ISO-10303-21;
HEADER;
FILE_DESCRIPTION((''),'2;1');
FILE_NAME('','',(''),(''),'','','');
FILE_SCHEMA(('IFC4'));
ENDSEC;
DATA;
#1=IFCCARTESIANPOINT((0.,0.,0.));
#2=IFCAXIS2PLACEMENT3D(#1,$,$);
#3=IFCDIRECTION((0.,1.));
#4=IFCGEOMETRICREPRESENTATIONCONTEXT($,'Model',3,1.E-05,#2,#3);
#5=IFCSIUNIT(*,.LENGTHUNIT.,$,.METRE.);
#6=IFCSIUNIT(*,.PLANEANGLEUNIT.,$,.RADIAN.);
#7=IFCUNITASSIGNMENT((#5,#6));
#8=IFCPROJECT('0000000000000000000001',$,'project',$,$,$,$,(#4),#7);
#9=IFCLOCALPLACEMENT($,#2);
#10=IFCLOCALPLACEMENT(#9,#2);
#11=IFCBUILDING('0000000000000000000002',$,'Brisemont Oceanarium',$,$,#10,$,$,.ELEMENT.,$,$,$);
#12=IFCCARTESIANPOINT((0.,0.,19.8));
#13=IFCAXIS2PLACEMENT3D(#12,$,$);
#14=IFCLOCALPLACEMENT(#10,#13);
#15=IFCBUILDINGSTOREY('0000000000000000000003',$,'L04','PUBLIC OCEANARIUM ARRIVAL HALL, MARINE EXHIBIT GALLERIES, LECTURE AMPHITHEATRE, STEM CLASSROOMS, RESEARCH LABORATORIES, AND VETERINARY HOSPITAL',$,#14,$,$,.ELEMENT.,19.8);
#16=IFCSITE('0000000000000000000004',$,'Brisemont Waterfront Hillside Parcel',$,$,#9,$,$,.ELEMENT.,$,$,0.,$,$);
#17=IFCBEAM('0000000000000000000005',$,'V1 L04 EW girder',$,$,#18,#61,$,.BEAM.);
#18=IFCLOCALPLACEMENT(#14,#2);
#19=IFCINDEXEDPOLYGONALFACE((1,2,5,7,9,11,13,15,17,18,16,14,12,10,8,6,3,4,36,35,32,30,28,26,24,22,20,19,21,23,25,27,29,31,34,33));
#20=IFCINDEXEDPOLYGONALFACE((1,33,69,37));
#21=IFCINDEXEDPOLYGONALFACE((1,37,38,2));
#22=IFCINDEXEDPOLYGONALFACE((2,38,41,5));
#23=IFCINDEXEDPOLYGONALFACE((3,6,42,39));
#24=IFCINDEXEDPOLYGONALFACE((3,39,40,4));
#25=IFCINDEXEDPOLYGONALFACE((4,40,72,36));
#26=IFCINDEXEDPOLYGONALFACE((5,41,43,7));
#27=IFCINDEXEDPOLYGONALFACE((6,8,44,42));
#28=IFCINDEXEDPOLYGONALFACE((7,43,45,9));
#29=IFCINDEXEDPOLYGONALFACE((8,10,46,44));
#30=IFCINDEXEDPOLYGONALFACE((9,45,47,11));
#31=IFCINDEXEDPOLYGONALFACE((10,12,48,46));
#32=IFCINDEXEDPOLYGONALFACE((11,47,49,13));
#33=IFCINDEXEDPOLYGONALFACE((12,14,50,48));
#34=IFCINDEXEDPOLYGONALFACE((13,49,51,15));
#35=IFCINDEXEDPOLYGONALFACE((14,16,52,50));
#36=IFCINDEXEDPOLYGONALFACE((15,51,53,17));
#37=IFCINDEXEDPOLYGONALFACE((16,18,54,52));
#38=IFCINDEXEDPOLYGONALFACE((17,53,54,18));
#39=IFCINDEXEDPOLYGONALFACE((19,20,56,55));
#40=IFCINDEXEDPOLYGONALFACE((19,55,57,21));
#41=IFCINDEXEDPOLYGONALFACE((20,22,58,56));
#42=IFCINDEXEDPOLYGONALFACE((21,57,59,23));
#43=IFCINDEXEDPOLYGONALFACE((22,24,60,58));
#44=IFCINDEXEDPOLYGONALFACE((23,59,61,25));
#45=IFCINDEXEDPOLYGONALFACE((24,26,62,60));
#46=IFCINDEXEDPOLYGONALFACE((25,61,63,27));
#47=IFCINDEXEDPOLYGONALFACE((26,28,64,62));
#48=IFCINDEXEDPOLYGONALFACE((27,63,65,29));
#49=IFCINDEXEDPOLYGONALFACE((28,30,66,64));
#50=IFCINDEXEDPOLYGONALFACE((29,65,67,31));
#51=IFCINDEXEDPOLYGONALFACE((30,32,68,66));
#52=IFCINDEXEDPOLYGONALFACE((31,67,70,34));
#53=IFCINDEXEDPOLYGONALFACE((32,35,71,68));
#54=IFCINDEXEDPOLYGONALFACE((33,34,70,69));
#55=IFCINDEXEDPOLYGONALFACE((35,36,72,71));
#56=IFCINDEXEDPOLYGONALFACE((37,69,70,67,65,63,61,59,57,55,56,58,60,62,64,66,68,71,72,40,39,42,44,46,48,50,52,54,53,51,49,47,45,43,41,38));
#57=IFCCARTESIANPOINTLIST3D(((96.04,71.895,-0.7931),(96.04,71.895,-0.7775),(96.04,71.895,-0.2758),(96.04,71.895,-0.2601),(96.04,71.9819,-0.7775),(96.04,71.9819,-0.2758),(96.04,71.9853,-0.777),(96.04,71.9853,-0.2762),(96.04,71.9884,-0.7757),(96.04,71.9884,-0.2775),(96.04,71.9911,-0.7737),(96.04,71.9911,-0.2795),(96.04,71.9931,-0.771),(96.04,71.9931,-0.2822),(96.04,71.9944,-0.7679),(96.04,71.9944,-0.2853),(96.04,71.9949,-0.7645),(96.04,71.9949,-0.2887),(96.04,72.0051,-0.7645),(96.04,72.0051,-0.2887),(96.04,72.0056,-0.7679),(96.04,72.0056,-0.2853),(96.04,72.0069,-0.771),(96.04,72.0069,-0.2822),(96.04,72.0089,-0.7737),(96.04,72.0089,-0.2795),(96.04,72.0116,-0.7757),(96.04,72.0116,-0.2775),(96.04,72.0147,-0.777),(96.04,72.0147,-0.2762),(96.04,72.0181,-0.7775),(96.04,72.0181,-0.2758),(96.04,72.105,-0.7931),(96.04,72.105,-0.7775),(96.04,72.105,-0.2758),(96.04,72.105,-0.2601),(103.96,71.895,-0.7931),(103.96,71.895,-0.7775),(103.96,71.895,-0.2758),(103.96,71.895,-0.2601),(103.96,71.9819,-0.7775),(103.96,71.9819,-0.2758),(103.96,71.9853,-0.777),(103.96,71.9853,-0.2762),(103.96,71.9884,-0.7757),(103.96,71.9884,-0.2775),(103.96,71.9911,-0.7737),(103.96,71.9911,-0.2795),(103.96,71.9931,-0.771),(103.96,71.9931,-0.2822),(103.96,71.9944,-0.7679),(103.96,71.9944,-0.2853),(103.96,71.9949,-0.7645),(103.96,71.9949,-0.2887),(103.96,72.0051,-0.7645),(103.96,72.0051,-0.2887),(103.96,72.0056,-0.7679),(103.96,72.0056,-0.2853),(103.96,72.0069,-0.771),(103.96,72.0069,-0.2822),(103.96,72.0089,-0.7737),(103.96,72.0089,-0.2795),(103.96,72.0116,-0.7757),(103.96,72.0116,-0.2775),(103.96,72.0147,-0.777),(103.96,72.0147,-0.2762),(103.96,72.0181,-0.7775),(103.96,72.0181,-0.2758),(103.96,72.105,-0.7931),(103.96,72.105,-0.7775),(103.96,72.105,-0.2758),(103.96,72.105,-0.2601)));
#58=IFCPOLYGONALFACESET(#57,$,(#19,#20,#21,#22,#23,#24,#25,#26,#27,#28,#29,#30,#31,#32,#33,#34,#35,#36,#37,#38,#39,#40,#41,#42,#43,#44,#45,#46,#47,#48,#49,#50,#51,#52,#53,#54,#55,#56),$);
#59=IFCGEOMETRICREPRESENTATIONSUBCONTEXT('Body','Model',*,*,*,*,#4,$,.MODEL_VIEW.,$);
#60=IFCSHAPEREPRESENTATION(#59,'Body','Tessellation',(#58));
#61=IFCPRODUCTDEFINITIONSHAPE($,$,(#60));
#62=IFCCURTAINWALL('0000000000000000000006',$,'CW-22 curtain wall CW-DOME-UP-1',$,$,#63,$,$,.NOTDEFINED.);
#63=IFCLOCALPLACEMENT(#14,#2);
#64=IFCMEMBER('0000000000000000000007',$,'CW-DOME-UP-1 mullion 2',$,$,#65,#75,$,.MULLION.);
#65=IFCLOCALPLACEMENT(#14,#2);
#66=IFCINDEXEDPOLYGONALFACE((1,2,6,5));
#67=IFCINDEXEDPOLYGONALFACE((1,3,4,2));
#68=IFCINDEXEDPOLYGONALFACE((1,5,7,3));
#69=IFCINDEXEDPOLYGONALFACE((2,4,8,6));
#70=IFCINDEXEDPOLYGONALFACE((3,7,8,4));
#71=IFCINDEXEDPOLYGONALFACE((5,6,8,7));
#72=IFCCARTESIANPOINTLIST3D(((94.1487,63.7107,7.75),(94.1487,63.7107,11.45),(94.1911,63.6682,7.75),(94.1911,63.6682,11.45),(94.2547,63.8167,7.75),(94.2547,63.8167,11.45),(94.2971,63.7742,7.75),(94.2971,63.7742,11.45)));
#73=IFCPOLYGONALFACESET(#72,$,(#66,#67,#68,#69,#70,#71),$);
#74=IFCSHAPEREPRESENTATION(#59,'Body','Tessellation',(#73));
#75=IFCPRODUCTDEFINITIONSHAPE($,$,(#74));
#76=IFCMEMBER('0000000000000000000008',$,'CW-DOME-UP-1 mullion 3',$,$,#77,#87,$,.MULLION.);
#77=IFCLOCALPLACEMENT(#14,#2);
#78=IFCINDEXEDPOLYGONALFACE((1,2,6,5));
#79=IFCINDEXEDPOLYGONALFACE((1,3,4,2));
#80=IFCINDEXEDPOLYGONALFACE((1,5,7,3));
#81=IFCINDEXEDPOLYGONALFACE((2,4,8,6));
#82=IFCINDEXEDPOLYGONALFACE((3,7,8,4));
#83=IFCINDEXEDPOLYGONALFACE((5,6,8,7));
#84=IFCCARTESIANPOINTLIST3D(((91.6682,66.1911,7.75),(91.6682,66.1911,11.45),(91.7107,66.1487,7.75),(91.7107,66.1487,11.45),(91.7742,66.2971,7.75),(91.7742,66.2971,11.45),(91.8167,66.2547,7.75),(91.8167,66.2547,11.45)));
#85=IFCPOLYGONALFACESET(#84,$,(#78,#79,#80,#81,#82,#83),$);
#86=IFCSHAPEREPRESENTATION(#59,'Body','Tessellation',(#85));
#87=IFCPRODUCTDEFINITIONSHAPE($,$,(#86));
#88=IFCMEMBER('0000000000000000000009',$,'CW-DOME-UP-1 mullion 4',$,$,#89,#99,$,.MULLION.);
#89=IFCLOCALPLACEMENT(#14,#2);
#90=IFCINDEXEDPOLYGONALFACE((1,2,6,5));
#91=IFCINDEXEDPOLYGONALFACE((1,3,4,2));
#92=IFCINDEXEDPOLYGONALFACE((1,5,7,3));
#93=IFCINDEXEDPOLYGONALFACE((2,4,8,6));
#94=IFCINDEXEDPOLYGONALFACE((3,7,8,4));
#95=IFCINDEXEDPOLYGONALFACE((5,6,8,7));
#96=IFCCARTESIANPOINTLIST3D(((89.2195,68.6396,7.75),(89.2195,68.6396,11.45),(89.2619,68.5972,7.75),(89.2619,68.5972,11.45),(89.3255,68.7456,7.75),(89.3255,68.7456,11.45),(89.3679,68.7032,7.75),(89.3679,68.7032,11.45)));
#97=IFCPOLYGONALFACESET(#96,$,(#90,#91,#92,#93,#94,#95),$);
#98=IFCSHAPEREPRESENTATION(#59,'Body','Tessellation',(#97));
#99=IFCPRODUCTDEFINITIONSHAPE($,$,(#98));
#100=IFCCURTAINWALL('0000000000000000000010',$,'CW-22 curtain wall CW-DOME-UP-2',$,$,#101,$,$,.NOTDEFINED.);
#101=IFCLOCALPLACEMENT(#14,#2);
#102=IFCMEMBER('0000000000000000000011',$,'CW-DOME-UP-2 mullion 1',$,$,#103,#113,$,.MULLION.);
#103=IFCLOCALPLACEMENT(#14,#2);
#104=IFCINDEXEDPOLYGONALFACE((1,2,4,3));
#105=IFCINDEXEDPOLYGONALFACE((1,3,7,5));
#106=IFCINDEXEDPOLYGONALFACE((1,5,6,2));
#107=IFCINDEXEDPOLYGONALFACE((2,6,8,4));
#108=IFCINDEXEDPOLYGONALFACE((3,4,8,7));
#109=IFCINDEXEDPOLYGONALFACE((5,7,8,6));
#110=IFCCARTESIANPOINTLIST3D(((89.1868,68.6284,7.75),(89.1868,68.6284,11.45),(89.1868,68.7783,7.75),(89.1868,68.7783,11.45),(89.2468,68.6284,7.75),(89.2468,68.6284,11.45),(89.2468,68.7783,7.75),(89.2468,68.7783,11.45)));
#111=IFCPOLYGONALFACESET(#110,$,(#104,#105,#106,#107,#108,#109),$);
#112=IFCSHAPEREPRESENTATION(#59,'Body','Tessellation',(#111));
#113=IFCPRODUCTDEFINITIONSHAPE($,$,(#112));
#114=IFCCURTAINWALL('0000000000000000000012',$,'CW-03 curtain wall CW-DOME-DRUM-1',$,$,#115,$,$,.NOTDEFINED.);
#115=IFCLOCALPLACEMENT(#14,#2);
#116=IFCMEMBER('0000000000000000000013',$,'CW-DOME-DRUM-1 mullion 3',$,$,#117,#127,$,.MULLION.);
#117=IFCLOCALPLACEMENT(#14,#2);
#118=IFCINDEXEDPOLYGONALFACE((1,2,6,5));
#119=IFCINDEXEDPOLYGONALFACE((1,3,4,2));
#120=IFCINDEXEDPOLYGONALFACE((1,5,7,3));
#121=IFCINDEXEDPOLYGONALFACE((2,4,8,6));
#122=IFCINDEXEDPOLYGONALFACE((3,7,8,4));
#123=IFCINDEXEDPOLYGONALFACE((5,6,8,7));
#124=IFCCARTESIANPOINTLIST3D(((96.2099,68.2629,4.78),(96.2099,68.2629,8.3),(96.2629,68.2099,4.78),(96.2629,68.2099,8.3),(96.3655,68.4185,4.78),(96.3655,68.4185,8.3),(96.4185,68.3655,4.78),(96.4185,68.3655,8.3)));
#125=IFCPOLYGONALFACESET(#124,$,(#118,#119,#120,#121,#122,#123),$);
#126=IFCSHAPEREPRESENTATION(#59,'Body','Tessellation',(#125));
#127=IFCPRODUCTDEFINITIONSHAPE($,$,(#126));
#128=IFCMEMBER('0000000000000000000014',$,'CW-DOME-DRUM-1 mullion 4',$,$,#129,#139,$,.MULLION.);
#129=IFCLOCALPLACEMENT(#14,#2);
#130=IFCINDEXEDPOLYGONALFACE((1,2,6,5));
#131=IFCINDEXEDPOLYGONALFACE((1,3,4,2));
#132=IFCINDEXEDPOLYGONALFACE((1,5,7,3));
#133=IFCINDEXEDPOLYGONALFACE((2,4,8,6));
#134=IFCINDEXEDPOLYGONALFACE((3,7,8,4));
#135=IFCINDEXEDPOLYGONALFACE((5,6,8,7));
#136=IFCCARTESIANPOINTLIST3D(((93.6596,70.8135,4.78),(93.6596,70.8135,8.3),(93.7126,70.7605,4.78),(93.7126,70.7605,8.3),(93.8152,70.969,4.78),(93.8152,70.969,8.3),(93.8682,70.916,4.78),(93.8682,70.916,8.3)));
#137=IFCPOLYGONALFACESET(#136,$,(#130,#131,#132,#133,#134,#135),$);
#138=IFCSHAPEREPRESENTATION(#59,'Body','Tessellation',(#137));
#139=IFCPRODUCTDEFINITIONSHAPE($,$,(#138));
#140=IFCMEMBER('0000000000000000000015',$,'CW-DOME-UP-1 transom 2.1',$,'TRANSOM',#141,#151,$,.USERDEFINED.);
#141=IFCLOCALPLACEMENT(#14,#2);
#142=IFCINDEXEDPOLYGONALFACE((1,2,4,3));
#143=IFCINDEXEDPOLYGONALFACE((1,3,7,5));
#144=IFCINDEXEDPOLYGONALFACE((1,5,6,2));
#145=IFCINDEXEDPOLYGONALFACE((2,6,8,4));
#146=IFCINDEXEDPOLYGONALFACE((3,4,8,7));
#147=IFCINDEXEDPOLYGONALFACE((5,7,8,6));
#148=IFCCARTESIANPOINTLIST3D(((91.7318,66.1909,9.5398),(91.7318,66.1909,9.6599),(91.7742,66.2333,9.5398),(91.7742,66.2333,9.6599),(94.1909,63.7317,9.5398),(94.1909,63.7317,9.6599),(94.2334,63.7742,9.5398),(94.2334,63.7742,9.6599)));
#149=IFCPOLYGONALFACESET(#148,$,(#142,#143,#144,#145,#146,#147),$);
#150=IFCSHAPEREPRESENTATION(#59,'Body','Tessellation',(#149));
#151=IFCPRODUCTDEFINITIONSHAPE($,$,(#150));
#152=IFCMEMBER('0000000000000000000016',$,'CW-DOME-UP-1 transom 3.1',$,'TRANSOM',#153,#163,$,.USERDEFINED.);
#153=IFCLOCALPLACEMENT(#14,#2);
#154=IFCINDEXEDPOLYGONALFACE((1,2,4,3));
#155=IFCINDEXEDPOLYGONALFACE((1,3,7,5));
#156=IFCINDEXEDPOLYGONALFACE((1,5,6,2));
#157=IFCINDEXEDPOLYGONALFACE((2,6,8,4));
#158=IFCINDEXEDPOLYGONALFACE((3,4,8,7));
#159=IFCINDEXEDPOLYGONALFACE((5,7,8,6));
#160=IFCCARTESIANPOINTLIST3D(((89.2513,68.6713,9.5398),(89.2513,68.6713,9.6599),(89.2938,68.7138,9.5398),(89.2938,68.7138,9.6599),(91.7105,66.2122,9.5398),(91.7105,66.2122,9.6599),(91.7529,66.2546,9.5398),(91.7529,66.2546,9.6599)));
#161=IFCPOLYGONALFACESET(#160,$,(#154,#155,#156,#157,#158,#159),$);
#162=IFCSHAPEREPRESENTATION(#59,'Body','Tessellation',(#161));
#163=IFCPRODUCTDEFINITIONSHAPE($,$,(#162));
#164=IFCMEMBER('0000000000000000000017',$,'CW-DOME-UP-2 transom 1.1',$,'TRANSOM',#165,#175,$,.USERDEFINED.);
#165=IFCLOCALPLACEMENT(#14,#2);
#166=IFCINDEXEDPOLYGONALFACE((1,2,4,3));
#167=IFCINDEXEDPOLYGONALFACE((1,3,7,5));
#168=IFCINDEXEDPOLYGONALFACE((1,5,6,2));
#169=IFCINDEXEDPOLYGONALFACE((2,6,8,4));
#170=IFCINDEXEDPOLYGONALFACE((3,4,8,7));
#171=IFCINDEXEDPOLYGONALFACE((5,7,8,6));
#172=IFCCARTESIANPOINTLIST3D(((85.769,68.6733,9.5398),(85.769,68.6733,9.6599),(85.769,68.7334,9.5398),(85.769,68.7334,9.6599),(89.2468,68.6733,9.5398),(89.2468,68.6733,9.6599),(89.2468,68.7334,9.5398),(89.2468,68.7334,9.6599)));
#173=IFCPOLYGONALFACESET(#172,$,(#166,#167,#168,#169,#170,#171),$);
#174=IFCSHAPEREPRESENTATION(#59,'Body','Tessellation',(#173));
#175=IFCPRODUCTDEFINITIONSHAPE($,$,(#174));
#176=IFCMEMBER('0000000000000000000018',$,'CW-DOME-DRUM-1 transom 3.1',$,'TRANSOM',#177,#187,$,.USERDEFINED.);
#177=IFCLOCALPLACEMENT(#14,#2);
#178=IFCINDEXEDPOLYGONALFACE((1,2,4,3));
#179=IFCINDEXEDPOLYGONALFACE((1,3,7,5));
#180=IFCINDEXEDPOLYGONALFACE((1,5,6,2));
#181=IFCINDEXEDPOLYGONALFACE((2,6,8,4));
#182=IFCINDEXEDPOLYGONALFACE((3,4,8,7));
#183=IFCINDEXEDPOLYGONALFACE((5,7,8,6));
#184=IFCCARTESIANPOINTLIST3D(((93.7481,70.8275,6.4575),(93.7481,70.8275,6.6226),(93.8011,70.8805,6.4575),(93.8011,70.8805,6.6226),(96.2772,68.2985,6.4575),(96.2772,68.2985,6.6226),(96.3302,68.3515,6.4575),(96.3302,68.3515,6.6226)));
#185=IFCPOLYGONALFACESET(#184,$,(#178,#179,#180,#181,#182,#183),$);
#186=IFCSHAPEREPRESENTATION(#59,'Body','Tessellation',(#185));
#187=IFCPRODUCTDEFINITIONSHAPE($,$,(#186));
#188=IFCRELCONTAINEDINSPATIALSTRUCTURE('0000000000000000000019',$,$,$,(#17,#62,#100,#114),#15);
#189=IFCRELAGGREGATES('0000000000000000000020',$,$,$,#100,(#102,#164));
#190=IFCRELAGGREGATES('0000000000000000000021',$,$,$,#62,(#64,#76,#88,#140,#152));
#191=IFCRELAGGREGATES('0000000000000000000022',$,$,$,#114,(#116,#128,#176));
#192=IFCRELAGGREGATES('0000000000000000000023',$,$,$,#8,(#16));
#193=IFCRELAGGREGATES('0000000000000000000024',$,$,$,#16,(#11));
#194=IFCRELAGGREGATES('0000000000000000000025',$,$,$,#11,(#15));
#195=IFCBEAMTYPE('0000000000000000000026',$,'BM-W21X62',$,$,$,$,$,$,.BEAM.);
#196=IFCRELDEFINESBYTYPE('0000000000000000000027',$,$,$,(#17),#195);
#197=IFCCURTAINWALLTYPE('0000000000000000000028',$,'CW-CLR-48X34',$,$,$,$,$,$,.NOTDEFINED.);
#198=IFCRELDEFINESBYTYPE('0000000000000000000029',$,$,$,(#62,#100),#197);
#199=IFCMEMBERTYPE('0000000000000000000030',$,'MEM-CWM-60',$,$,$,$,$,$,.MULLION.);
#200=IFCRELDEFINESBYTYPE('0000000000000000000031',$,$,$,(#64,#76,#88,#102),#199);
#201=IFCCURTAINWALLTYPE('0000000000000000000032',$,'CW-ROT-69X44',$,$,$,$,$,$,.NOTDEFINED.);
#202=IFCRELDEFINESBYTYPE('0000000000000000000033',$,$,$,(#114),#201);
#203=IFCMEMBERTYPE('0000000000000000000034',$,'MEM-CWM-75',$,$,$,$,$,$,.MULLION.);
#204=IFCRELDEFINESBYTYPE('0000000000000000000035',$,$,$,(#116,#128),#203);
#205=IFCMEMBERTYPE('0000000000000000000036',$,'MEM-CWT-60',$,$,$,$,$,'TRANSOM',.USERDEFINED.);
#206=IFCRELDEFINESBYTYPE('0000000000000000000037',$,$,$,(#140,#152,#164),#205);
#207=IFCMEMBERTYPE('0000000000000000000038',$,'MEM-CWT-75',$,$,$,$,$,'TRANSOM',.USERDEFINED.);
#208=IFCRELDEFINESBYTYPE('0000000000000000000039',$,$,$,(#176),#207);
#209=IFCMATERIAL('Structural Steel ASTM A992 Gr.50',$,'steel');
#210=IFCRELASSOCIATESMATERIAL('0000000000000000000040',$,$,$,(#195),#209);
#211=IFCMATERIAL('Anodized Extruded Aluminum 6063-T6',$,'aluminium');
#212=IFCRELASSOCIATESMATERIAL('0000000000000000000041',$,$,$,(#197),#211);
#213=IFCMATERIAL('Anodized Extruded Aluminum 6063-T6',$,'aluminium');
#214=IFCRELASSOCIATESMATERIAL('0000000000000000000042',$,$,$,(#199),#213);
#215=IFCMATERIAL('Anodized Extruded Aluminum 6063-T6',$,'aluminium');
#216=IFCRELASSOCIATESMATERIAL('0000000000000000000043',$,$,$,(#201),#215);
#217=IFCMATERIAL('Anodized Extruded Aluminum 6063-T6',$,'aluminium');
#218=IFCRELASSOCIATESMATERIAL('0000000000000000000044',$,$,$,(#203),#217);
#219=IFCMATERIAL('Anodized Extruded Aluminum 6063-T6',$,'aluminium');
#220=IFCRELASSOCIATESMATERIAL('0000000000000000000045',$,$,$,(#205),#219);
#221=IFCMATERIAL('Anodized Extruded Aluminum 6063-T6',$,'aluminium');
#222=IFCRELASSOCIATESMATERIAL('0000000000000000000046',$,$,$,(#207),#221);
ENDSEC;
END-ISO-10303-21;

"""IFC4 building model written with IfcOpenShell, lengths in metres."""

from ifc_helpers import new_model, si_unit, direction, frame, origin, origin_2d, place, context, subcontext, project, spatial, rectangle, i_section, extrude, material, material_profile, profile_set, type_object, element, aggregate, save


model = new_model("IFC4")

# Units and contexts
model_context = context("Model", 3, precision=1e-05, world=origin(), true_north=direction((0.0, 1.0)))
body_context = subcontext(model_context, "Body", "Model", "MODEL_VIEW")
ifc_project = project(units=[si_unit("LENGTHUNIT", "METRE"), si_unit("PLANEANGLEUNIT", "RADIAN")], contexts=[model_context])

# Site, building, storey
site_placement = place(None, origin())
site = spatial("IfcSite", under=ifc_project, at=site_placement, Name="Brisemont Waterfront Hillside Parcel", CompositionType="ELEMENT", RefElevation=0.0)
building_placement = place(site_placement, origin())
building = spatial("IfcBuilding", under=site, at=building_placement, Name="Brisemont Oceanarium", CompositionType="ELEMENT")
storey_placement = place(building_placement, frame((0.0, 0.0, 19.8)))
storey = spatial("IfcBuildingStorey", under=building, at=storey_placement, Name="L04", Description="PUBLIC OCEANARIUM ARRIVAL HALL, MARINE EXHIBIT GALLERIES, LECTURE AMPHITHEATRE, STEM CLASSROOMS, RESEARCH LABORATORIES, AND VETERINARY HOSPITAL", CompositionType="ELEMENT", Elevation=19.8)

# Beam
ifc_material_1 = material(Name="Structural Steel ASTM A992 Gr.50", Category="steel")
ifc_material_profile_1 = material_profile(ifc_material_1, i_section(OverallWidth=0.21, OverallDepth=0.533, WebThickness=0.0103, FlangeThickness=0.0156, FilletRadius=0.0129, at=origin_2d()), Name="W21X62")
ifc_profile_set_1 = profile_set([ifc_material_profile_1], Name="Structural Steel ASTM A992 Gr.50")
beam_type_1 = type_object("IfcBeamType", Name="BM-W21X62", PredefinedType="BEAM", material=ifc_profile_set_1)
beam_1_placement = place(storey_placement, frame((96.04, 72.0, -0.5266), z_axis=(1.0, 0.0, 0.0), x_axis=(0.0, 1.0, 0.0)))
element("IfcBeam", 1, at=beam_1_placement, inside=storey, type_object=beam_type_1, Name="V1 L04 EW girder", PredefinedType="BEAM", context=body_context, shape_type="SweptSolid", body=[
    extrude(i_section(OverallWidth=0.21, OverallDepth=0.533, WebThickness=0.0103, FlangeThickness=0.0156, FilletRadius=0.0129, at=origin_2d()), origin(), (0.0, 0.0, 1.0), 7.9199),
])

# Curtain wall, members
ifc_material_2 = material(Name="Anodized Extruded Aluminum 6063-T6", Category="aluminium")
curtain_wall_type_1 = type_object("IfcCurtainWallType", Name="CW-CLR-48X34", PredefinedType="NOTDEFINED", material=ifc_material_2)
curtain_wall_1_placement = place(storey_placement, origin())
curtain_wall_1 = element("IfcCurtainWall", 2, at=curtain_wall_1_placement, inside=storey, type_object=curtain_wall_type_1, Name="CW-22 curtain wall CW-DOME-UP-1", PredefinedType="NOTDEFINED")
ifc_material_3 = material(Name="Anodized Extruded Aluminum 6063-T6", Category="aluminium")
ifc_material_profile_2 = material_profile(ifc_material_3, rectangle(XDim=0.0601, YDim=0.1499, at=origin_2d()), Name="CWM-60X150")
ifc_profile_set_2 = profile_set([ifc_material_profile_2], Name="Anodized Extruded Aluminum 6063-T6")
member_type_1 = type_object("IfcMemberType", Name="MEM-CWM-60", PredefinedType="MULLION", material=ifc_profile_set_2)
member_1_placement = place(storey_placement, frame((94.2229, 63.7424, 7.75), z_axis=(0.0, 0.0, 1.0), x_axis=(-0.707107, 0.707107, 0.0)))
member_1 = element("IfcMember", 3, at=member_1_placement, type_object=member_type_1, Name="CW-DOME-UP-1 mullion 2", PredefinedType="MULLION", context=body_context, shape_type="SweptSolid", body=[
    extrude(rectangle(XDim=0.0601, YDim=0.1499, at=origin_2d()), origin(), (0.0, 0.0, 1.0), 3.7),
])
member_2_placement = place(storey_placement, frame((91.7424, 66.2229, 7.75), z_axis=(0.0, 0.0, 1.0), x_axis=(-0.707107, 0.707107, 0.0)))
member_2 = element("IfcMember", 4, at=member_2_placement, type_object=member_type_1, Name="CW-DOME-UP-1 mullion 3", PredefinedType="MULLION", context=body_context, shape_type="SweptSolid", body=[
    extrude(rectangle(XDim=0.0601, YDim=0.1499, at=origin_2d()), origin(), (0.0, 0.0, 1.0), 3.7),
])
member_3_placement = place(storey_placement, frame((89.2937, 68.6714, 7.75), z_axis=(0.0, 0.0, 1.0), x_axis=(-0.707107, 0.707107, 0.0)))
member_3 = element("IfcMember", 5, at=member_3_placement, type_object=member_type_1, Name="CW-DOME-UP-1 mullion 4", PredefinedType="MULLION", context=body_context, shape_type="SweptSolid", body=[
    extrude(rectangle(XDim=0.0601, YDim=0.1499, at=origin_2d()), origin(), (0.0, 0.0, 1.0), 3.7),
])

# Curtain wall, member
curtain_wall_2_placement = place(storey_placement, origin())
curtain_wall_2 = element("IfcCurtainWall", 6, at=curtain_wall_2_placement, inside=storey, type_object=curtain_wall_type_1, Name="CW-22 curtain wall CW-DOME-UP-2", PredefinedType="NOTDEFINED")
member_4_placement = place(storey_placement, frame((89.2168, 68.7034, 7.75), z_axis=(0.0, 0.0, 1.0), x_axis=(-1.0, 0.0, 0.0)))
member_4 = element("IfcMember", 7, at=member_4_placement, type_object=member_type_1, Name="CW-DOME-UP-2 mullion 1", PredefinedType="MULLION", context=body_context, shape_type="SweptSolid", body=[
    extrude(rectangle(XDim=0.0601, YDim=0.1499, at=origin_2d()), origin(), (0.0, 0.0, 1.0), 3.7),
])

# Curtain wall, members
ifc_material_4 = material(Name="Anodized Extruded Aluminum 6063-T6", Category="aluminium")
curtain_wall_type_2 = type_object("IfcCurtainWallType", Name="CW-ROT-69X44", PredefinedType="NOTDEFINED", material=ifc_material_4)
curtain_wall_3_placement = place(storey_placement, origin())
curtain_wall_3 = element("IfcCurtainWall", 8, at=curtain_wall_3_placement, inside=storey, type_object=curtain_wall_type_2, Name="CW-03 curtain wall CW-DOME-DRUM-1", PredefinedType="NOTDEFINED")
ifc_material_5 = material(Name="Anodized Extruded Aluminum 6063-T6", Category="aluminium")
ifc_material_profile_3 = material_profile(ifc_material_5, rectangle(XDim=0.075, YDim=0.22, at=origin_2d()), Name="CWM-75X220")
ifc_profile_set_3 = profile_set([ifc_material_profile_3], Name="Anodized Extruded Aluminum 6063-T6")
member_type_2 = type_object("IfcMemberType", Name="MEM-CWM-75", PredefinedType="MULLION", material=ifc_profile_set_3)
member_5_placement = place(storey_placement, frame((96.3142, 68.3142, 4.78), z_axis=(0.0, 0.0, 1.0), x_axis=(-0.707107, 0.707107, 0.0)))
member_5 = element("IfcMember", 9, at=member_5_placement, type_object=member_type_2, Name="CW-DOME-DRUM-1 mullion 3", PredefinedType="MULLION", context=body_context, shape_type="SweptSolid", body=[
    extrude(rectangle(XDim=0.075, YDim=0.22, at=origin_2d()), origin(), (0.0, 0.0, 1.0), 3.52),
])
member_6_placement = place(storey_placement, frame((93.7639, 70.8647, 4.78), z_axis=(0.0, 0.0, 1.0), x_axis=(-0.707107, 0.707107, 0.0)))
member_6 = element("IfcMember", 10, at=member_6_placement, type_object=member_type_2, Name="CW-DOME-DRUM-1 mullion 4", PredefinedType="MULLION", context=body_context, shape_type="SweptSolid", body=[
    extrude(rectangle(XDim=0.075, YDim=0.22, at=origin_2d()), origin(), (0.0, 0.0, 1.0), 3.52),
])

# Members
ifc_material_6 = material(Name="Anodized Extruded Aluminum 6063-T6", Category="aluminium")
ifc_material_profile_4 = material_profile(ifc_material_6, rectangle(XDim=0.0601, YDim=0.1201, at=origin_2d()), Name="CWT-60X120")
ifc_profile_set_4 = profile_set([ifc_material_profile_4], Name="Anodized Extruded Aluminum 6063-T6")
member_type_3 = type_object("IfcMemberType", Name="MEM-CWT-60", ElementType="TRANSOM", PredefinedType="USERDEFINED", material=ifc_profile_set_4)
member_7_placement = place(storey_placement, frame((94.2122, 63.7529, 9.5999), z_axis=(-0.707107, 0.707107, 0.0), x_axis=(-0.707107, -0.707107, 0.0)))
member_7 = element("IfcMember", 11, at=member_7_placement, type_object=member_type_3, Name="CW-DOME-UP-1 transom 2.1", ObjectType="TRANSOM", PredefinedType="USERDEFINED", context=body_context, shape_type="SweptSolid", body=[
    extrude(rectangle(XDim=0.0601, YDim=0.1201, at=origin_2d()), origin(), (0.0, 0.0, 1.0), 3.4778),
])
member_8_placement = place(storey_placement, frame((91.7317, 66.2334, 9.5999), z_axis=(-0.707107, 0.707107, 0.0), x_axis=(-0.707107, -0.707107, 0.0)))
member_8 = element("IfcMember", 12, at=member_8_placement, type_object=member_type_3, Name="CW-DOME-UP-1 transom 3.1", ObjectType="TRANSOM", PredefinedType="USERDEFINED", context=body_context, shape_type="SweptSolid", body=[
    extrude(rectangle(XDim=0.0601, YDim=0.1201, at=origin_2d()), origin(), (0.0, 0.0, 1.0), 3.4778),
])
member_9_placement = place(storey_placement, frame((89.2468, 68.7034, 9.5999), z_axis=(-1.0, 0.0, 0.0), x_axis=(0.0, -1.0, 0.0)))
member_9 = element("IfcMember", 13, at=member_9_placement, type_object=member_type_3, Name="CW-DOME-UP-2 transom 1.1", ObjectType="TRANSOM", PredefinedType="USERDEFINED", context=body_context, shape_type="SweptSolid", body=[
    extrude(rectangle(XDim=0.0601, YDim=0.1201, at=origin_2d()), origin(), (0.0, 0.0, 1.0), 3.4778),
])
aggregate(curtain_wall_2, [member_4, member_9])
ifc_material_7 = material(Name="Anodized Extruded Aluminum 6063-T6", Category="aluminium")
ifc_material_profile_5 = material_profile(ifc_material_7, rectangle(XDim=0.075, YDim=0.165, at=origin_2d()), Name="CWT-75X165")
ifc_profile_set_5 = profile_set([ifc_material_profile_5], Name="Anodized Extruded Aluminum 6063-T6")
member_type_4 = type_object("IfcMemberType", Name="MEM-CWT-75", ElementType="TRANSOM", PredefinedType="USERDEFINED", material=ifc_profile_set_5)
member_10_placement = place(storey_placement, frame((96.3037, 68.325, 6.54), z_axis=(-0.707107, 0.707107, 0.0), x_axis=(-0.707107, -0.707107, 0.0)))
member_10 = element("IfcMember", 14, at=member_10_placement, type_object=member_type_4, Name="CW-DOME-DRUM-1 transom 3.1", ObjectType="TRANSOM", PredefinedType="USERDEFINED", context=body_context, shape_type="SweptSolid", body=[
    extrude(rectangle(XDim=0.075, YDim=0.165, at=origin_2d()), origin(), (0.0, 0.0, 1.0), 3.5767),
])

aggregate(curtain_wall_1, [member_1, member_2, member_3, member_7, member_8])
aggregate(curtain_wall_3, [member_5, member_6, member_10])

save(model, "model.ifc")
